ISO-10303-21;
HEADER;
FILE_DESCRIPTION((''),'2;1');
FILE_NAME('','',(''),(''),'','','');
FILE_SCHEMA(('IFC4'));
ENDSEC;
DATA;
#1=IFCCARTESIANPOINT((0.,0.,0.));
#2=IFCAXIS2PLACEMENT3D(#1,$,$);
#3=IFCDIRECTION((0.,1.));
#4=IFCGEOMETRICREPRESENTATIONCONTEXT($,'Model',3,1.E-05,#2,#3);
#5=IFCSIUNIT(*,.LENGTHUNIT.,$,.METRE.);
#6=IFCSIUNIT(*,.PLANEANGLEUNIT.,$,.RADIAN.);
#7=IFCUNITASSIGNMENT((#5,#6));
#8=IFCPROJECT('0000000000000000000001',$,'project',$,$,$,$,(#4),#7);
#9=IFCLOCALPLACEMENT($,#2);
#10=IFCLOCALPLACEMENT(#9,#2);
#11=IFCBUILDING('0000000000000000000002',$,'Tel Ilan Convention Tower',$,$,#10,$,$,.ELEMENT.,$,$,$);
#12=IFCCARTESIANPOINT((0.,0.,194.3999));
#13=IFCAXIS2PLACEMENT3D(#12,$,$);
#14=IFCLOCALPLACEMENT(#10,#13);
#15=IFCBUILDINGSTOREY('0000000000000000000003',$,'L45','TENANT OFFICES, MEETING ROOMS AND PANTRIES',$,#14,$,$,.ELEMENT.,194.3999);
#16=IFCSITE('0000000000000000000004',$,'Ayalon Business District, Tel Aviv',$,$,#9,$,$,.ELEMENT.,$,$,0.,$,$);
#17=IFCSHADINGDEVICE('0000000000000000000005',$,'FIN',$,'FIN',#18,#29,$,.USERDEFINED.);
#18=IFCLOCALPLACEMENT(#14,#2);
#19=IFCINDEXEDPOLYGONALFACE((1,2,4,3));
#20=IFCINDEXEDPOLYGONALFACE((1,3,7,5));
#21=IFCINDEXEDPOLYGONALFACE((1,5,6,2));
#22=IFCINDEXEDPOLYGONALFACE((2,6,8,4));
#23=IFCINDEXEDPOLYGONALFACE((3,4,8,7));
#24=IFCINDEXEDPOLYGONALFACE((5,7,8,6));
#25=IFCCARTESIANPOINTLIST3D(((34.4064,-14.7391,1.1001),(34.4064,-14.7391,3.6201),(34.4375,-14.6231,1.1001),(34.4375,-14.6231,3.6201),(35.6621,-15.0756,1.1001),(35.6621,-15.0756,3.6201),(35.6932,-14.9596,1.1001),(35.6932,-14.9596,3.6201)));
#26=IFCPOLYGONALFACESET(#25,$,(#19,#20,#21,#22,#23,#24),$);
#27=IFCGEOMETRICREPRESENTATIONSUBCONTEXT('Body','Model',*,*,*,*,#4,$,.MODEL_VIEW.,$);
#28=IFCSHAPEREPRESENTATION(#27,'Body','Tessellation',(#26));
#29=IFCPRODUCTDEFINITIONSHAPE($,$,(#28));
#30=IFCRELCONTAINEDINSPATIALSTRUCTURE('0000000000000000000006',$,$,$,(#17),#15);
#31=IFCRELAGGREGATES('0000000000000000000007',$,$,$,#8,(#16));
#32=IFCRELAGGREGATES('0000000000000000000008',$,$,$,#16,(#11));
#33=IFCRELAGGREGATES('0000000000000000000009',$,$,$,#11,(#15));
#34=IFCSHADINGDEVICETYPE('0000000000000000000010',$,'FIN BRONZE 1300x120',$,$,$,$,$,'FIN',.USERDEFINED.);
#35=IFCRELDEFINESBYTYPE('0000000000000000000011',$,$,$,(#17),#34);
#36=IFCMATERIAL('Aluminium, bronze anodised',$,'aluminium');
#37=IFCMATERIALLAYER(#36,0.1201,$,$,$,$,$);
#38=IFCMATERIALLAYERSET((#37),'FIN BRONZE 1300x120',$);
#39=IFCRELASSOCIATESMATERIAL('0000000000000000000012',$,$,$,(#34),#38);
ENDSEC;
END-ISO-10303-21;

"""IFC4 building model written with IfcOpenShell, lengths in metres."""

from ifc_helpers import new_model, si_unit, direction, frame, origin, origin_2d, place, context, subcontext, project, spatial, rectangle, extrude, material, layer, layer_set, type_object, element, save


model = new_model("IFC4")

# Units and contexts
model_context = context("Model", 3, precision=1e-05, world=origin(), true_north=direction((0.0, 1.0)))
body_context = subcontext(model_context, "Body", "Model", "MODEL_VIEW")
ifc_project = project(units=[si_unit("LENGTHUNIT", "METRE"), si_unit("PLANEANGLEUNIT", "RADIAN")], contexts=[model_context])

# Site, building, storey
site_placement = place(None, origin())
site = spatial("IfcSite", under=ifc_project, at=site_placement, Name="Ayalon Business District, Tel Aviv", CompositionType="ELEMENT", RefElevation=0.0)
building_placement = place(site_placement, origin())
building = spatial("IfcBuilding", under=site, at=building_placement, Name="Tel Ilan Convention Tower", CompositionType="ELEMENT")
storey_placement = place(building_placement, frame((0.0, 0.0, 194.3999)))
storey = spatial("IfcBuildingStorey", under=building, at=storey_placement, Name="L45", Description="TENANT OFFICES, MEETING ROOMS AND PANTRIES", CompositionType="ELEMENT", Elevation=194.3999)

# Shading device
ifc_material_1 = material(Name="Aluminium, bronze anodised", Category="aluminium")
ifc_layer_1 = layer(ifc_material_1, 0.1201)
ifc_layer_set_1 = layer_set([ifc_layer_1], Name="FIN BRONZE 1300x120")
shading_device_type = type_object("IfcShadingDeviceType", Name="FIN BRONZE 1300x120", ElementType="FIN", PredefinedType="USERDEFINED", material=ifc_layer_set_1)
for number, where, z_axis, x_axis, name in (
    (1, (35.0498, -14.8494, 1.1001), (0.0, 0.0, 1.0), (0.965926, -0.258819, 0.0), "FIN"),
):
    element("IfcShadingDevice", number, at=place(storey_placement, frame(where, z_axis=z_axis, x_axis=x_axis)), inside=storey, type_object=shading_device_type, Name=name, ObjectType="FIN", PredefinedType="USERDEFINED", context=body_context, shape_type="SweptSolid", body=[
        extrude(rectangle(XDim=1.3, YDim=0.1201, at=origin_2d()), origin(), (0.0, 0.0, 1.0), 2.52),
    ])

save(model, "model.ifc")
